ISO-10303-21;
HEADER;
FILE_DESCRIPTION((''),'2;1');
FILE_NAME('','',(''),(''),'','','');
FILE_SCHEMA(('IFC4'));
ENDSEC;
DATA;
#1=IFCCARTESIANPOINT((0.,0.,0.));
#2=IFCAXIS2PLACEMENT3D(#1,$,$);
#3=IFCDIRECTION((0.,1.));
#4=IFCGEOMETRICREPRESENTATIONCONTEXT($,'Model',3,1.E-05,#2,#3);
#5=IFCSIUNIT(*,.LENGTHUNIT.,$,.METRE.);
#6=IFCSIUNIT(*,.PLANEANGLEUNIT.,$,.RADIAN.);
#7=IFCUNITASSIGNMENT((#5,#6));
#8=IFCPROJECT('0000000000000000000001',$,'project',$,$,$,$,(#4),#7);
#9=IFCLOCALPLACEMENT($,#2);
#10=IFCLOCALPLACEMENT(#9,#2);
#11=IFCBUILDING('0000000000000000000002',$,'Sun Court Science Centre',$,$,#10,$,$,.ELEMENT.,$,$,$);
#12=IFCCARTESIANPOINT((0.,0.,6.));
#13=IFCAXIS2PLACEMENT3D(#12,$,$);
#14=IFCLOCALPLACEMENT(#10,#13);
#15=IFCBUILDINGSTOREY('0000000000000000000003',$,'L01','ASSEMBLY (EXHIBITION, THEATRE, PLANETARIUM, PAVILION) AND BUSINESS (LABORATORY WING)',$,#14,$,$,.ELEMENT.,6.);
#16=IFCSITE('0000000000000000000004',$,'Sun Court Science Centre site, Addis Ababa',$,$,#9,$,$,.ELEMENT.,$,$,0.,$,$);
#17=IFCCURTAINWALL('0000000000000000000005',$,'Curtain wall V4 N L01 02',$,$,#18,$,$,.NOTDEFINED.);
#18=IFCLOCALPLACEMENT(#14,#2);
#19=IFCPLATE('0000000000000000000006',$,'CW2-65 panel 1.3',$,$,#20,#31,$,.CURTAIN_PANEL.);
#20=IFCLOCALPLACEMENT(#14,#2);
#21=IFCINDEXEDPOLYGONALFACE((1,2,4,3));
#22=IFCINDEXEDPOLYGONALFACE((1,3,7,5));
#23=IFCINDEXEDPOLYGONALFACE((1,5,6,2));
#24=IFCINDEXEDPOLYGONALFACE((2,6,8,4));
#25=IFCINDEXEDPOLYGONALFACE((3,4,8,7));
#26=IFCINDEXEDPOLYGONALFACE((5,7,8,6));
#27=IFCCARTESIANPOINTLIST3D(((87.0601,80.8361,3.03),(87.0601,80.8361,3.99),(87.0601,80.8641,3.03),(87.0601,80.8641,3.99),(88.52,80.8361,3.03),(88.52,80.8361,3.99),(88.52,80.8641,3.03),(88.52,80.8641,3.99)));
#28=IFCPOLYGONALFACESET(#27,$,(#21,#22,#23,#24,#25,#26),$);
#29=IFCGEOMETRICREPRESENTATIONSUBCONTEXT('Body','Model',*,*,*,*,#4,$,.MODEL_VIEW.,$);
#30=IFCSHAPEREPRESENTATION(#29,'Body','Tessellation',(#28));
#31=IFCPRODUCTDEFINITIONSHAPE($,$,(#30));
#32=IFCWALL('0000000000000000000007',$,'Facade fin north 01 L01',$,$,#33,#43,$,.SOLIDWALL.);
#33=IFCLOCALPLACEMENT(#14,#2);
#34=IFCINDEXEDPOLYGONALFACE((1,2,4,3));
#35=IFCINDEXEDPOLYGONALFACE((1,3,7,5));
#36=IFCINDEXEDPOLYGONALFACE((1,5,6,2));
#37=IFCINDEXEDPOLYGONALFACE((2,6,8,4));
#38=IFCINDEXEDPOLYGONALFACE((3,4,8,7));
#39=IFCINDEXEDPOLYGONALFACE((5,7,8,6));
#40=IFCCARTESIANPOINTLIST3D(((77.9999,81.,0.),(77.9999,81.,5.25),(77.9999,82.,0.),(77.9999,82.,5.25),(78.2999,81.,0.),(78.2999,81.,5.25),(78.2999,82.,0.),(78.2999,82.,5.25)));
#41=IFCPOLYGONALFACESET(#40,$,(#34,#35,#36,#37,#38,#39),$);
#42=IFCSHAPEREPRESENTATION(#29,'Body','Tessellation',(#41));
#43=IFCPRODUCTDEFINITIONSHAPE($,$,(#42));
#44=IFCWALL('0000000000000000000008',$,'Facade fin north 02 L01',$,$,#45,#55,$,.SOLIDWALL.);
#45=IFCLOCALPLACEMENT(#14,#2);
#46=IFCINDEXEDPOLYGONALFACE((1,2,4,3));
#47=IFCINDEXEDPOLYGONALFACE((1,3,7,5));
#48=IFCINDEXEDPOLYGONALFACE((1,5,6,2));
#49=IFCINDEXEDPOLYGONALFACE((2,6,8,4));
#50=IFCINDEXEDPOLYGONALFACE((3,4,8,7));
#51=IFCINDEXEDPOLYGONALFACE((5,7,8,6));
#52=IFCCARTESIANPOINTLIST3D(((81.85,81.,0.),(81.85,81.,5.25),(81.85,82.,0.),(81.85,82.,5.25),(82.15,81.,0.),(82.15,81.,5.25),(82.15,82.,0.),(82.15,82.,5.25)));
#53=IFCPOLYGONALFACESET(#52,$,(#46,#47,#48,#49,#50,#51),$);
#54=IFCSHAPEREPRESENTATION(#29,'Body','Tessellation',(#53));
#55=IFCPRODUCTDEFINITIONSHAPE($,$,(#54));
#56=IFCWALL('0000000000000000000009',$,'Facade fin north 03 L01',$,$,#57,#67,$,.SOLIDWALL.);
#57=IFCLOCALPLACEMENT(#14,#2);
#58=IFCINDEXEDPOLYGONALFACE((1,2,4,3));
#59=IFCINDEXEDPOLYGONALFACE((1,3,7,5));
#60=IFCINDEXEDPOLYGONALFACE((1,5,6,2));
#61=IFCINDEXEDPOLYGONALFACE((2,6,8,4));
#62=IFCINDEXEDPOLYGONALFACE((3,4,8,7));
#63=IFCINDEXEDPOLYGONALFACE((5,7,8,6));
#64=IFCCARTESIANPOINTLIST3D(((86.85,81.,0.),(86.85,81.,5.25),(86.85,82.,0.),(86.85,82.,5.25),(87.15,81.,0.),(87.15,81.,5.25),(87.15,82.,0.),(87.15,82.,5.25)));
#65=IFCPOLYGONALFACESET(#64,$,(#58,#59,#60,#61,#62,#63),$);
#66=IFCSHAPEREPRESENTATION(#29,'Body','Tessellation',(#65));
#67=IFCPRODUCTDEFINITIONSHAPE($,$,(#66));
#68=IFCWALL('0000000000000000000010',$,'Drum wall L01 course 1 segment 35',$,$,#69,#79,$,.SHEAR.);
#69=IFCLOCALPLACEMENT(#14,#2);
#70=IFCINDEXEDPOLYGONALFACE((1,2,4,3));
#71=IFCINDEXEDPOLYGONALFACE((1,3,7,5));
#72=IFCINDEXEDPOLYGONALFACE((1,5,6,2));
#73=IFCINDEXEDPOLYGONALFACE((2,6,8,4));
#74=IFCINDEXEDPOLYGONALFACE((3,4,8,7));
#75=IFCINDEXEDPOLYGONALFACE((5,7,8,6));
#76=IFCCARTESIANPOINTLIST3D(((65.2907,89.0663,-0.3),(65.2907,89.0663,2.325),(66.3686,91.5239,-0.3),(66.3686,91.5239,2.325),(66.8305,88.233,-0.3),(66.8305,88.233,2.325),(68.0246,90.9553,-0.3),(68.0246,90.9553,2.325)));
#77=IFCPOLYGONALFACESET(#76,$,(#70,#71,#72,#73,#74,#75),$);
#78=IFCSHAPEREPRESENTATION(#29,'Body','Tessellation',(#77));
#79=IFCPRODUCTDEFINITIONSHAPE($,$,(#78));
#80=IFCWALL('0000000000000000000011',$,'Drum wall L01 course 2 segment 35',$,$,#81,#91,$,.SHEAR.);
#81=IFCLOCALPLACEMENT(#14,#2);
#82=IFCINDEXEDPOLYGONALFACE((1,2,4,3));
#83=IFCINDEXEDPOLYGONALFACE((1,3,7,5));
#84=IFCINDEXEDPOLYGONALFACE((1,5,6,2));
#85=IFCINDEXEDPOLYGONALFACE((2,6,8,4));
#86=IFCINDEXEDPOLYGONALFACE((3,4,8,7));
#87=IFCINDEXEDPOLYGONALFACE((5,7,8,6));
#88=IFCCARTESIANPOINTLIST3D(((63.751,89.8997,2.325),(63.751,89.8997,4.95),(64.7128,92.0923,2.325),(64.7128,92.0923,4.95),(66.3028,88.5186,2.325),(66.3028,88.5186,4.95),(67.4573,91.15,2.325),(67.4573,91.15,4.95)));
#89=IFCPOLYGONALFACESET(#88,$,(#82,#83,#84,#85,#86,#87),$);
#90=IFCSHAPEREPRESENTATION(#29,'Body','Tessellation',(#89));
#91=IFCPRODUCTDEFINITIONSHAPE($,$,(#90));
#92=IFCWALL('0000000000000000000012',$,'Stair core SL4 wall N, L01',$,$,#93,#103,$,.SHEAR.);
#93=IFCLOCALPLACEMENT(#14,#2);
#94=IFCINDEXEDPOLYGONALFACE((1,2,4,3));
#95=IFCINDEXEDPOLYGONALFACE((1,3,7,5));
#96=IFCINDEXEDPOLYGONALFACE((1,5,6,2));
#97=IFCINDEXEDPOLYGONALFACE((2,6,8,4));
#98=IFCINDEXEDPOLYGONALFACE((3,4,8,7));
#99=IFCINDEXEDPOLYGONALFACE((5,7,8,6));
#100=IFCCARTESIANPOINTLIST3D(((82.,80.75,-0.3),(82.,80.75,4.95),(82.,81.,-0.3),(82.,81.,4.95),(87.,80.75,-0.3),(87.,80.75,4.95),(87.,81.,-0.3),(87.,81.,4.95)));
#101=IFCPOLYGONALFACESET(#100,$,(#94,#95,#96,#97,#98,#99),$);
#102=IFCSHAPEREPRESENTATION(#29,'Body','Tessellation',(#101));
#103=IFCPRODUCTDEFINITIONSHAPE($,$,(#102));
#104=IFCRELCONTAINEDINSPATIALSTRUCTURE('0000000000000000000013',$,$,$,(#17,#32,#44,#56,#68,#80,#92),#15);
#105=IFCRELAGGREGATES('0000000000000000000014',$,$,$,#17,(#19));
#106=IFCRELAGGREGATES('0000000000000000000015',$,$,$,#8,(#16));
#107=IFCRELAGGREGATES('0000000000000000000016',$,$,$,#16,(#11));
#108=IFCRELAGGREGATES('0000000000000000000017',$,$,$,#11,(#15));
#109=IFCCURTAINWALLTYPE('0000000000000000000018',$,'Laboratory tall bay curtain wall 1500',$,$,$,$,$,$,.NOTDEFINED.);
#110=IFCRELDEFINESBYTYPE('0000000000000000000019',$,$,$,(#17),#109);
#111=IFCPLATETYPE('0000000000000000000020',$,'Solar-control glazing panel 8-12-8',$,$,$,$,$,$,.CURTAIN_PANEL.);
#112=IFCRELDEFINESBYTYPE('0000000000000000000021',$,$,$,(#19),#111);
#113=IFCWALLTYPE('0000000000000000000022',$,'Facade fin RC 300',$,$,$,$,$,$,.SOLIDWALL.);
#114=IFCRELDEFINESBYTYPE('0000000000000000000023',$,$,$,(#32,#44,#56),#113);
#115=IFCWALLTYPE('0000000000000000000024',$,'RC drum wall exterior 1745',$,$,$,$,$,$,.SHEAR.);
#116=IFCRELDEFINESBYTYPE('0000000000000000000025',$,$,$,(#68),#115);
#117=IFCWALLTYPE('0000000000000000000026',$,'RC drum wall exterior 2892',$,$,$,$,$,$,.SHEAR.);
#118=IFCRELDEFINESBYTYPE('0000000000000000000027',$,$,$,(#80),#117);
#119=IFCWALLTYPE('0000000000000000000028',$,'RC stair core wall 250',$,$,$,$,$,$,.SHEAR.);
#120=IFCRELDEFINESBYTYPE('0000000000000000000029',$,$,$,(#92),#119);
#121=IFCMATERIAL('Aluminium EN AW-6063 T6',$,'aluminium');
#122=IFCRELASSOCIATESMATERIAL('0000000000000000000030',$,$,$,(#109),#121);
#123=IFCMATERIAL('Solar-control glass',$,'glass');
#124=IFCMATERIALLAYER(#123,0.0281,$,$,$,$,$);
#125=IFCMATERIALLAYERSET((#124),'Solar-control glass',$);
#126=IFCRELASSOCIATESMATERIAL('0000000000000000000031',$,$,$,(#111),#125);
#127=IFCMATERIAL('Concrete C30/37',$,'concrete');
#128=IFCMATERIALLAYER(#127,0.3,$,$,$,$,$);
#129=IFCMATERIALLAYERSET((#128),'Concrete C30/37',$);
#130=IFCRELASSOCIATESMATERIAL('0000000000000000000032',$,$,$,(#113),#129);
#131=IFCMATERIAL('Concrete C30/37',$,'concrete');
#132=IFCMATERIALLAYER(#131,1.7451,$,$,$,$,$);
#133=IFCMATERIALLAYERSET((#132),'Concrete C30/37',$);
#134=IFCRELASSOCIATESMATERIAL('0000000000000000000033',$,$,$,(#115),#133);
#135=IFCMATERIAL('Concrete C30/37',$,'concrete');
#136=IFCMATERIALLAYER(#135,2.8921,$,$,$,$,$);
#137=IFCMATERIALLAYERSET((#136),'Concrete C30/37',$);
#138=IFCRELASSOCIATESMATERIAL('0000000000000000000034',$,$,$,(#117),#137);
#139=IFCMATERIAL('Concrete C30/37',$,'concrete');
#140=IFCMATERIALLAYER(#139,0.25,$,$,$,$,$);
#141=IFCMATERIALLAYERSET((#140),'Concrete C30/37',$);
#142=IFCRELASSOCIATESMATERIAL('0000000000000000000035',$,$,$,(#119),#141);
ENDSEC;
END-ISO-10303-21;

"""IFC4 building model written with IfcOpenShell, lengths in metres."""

from ifc_helpers import new_model, si_unit, direction, frame, frame_2d, origin, origin_2d, place, context, subcontext, project, spatial, polyline, rectangle, outline, extrude, material, layer, layer_set, type_object, element, aggregate, save


model = new_model("IFC4")

# Units and contexts
model_context = context("Model", 3, precision=1e-05, world=origin(), true_north=direction((0.0, 1.0)))
body_context = subcontext(model_context, "Body", "Model", "MODEL_VIEW")
ifc_project = project(units=[si_unit("LENGTHUNIT", "METRE"), si_unit("PLANEANGLEUNIT", "RADIAN")], contexts=[model_context])

# Site, building, storey
site_placement = place(None, origin())
site = spatial("IfcSite", under=ifc_project, at=site_placement, Name="Sun Court Science Centre site, Addis Ababa", CompositionType="ELEMENT", RefElevation=0.0)
building_placement = place(site_placement, origin())
building = spatial("IfcBuilding", under=site, at=building_placement, Name="Sun Court Science Centre", CompositionType="ELEMENT")
storey_placement = place(building_placement, frame((0.0, 0.0, 6.0)))
storey = spatial("IfcBuildingStorey", under=building, at=storey_placement, Name="L01", Description="ASSEMBLY (EXHIBITION, THEATRE, PLANETARIUM, PAVILION) AND BUSINESS (LABORATORY WING)", CompositionType="ELEMENT", Elevation=6.0)

# Curtain wall
ifc_material_1 = material(Name="Aluminium EN AW-6063 T6", Category="aluminium")
curtain_wall_type = type_object("IfcCurtainWallType", Name="Laboratory tall bay curtain wall 1500", PredefinedType="NOTDEFINED", material=ifc_material_1)
curtain_wall_placement = place(storey_placement, origin())
curtain_wall = element("IfcCurtainWall", 1, at=curtain_wall_placement, inside=storey, type_object=curtain_wall_type, Name="Curtain wall V4 N L01 02", PredefinedType="NOTDEFINED")

# Plate
ifc_material_2 = material(Name="Solar-control glass", Category="glass")
ifc_layer_1 = layer(ifc_material_2, 0.0281)
ifc_layer_set_1 = layer_set([ifc_layer_1], Name="Solar-control glass")
plate_type = type_object("IfcPlateType", Name="Solar-control glazing panel 8-12-8", PredefinedType="CURTAIN_PANEL", material=ifc_layer_set_1)
plate_1_placement = place(storey_placement, frame((87.79, 80.8501, 3.03), z_axis=(0.0, 0.0, 1.0), x_axis=(1.0, 0.0, 0.0)))
plate_1 = element("IfcPlate", 2, at=plate_1_placement, type_object=plate_type, Name="CW2-65 panel 1.3", PredefinedType="CURTAIN_PANEL", context=body_context, shape_type="SweptSolid", body=[
    extrude(rectangle(XDim=1.46, YDim=0.0281, at=origin_2d()), origin(), (0.0, 0.0, 1.0), 0.96),
])
aggregate(curtain_wall, [plate_1])

# Walls
ifc_material_3 = material(Name="Concrete C30/37", Category="concrete")
ifc_layer_2 = layer(ifc_material_3, 0.3)
ifc_layer_set_2 = layer_set([ifc_layer_2], Name="Concrete C30/37")
wall_type_1 = type_object("IfcWallType", Name="Facade fin RC 300", PredefinedType="SOLIDWALL", material=ifc_layer_set_2)
for number, where, z_axis, x_axis, name in (
    (3, (78.1499, 81.0, 0.0), (0.0, 0.0, 1.0), (0.0, 1.0, 0.0), "Facade fin north 01 L01"),
    (4, (82.0, 81.0, 0.0), (0.0, 0.0, 1.0), (0.0, 1.0, 0.0), "Facade fin north 02 L01"),
    (5, (87.0, 81.0, 0.0), (0.0, 0.0, 1.0), (0.0, 1.0, 0.0), "Facade fin north 03 L01"),
):
    element("IfcWall", number, at=place(storey_placement, frame(where, z_axis=z_axis, x_axis=x_axis)), inside=storey, type_object=wall_type_1, Name=name, PredefinedType="SOLIDWALL", context=body_context, shape_type="SweptSolid", body=[
        extrude(rectangle(XDim=1.0, YDim=0.3, at=frame_2d((0.5, 0.0))), origin(), (0.0, 0.0, 1.0), 5.25),
    ])
ifc_material_4 = material(Name="Concrete C30/37", Category="concrete")
ifc_layer_3 = layer(ifc_material_4, 1.7451)
ifc_layer_set_3 = layer_set([ifc_layer_3], Name="Concrete C30/37")
wall_type_2 = type_object("IfcWallType", Name="RC drum wall exterior 1745", PredefinedType="SHEAR", material=ifc_layer_set_3)
wall_1_placement = place(storey_placement, frame((66.0315, 88.5835, -0.3), z_axis=(0.0, 0.0, 1.0), x_axis=(0.401745, 0.915752, 0.0)))
element("IfcWall", 6, at=wall_1_placement, inside=storey, type_object=wall_type_2, Name="Drum wall L01 course 1 segment 35", PredefinedType="SHEAR", context=body_context, shape_type="SweptSolid", body=[
    extrude(outline(polyline([(0.0, -0.8726), (2.9727, -0.8723), (2.8281, 0.8726), (0.1445, 0.8723), (0.0, -0.8726)])), origin(), (0.0, 0.0, 1.0), 2.625),
])
ifc_material_5 = material(Name="Concrete C30/37", Category="concrete")
ifc_layer_4 = layer(ifc_material_5, 2.8921)
ifc_layer_set_4 = layer_set([ifc_layer_4], Name="Concrete C30/37")
wall_type_3 = type_object("IfcWallType", Name="RC drum wall exterior 2892", PredefinedType="SHEAR", material=ifc_layer_set_4)
wall_2_placement = place(storey_placement, frame((64.9788, 89.0994, 2.325), z_axis=(0.0, 0.0, 1.0), x_axis=(0.401688, 0.915777, 0.0)))
element("IfcWall", 7, at=wall_2_placement, inside=storey, type_object=wall_type_3, Name="Drum wall L01 course 2 segment 35", PredefinedType="SHEAR", context=body_context, shape_type="SweptSolid", body=[
    extrude(outline(polyline([(0.0, -1.4458), (2.8735, -1.446), (2.634, 1.4458), (0.2397, 1.4458), (0.0, -1.4458)])), origin(), (0.0, 0.0, 1.0), 2.625),
])
ifc_material_6 = material(Name="Concrete C30/37", Category="concrete")
ifc_layer_5 = layer(ifc_material_6, 0.25)
ifc_layer_set_5 = layer_set([ifc_layer_5], Name="Concrete C30/37")
wall_type_4 = type_object("IfcWallType", Name="RC stair core wall 250", PredefinedType="SHEAR", material=ifc_layer_set_5)
wall_3_placement = place(storey_placement, frame((82.0, 80.875, -0.3), z_axis=(0.0, 0.0, 1.0), x_axis=(1.0, 0.0, 0.0)))
element("IfcWall", 8, at=wall_3_placement, inside=storey, type_object=wall_type_4, Name="Stair core SL4 wall N, L01", PredefinedType="SHEAR", context=body_context, shape_type="SweptSolid", body=[
    extrude(rectangle(XDim=5.0, YDim=0.25, at=frame_2d((2.5, 0.0))), origin(), (0.0, 0.0, 1.0), 5.25),
])

save(model, "model.ifc")
